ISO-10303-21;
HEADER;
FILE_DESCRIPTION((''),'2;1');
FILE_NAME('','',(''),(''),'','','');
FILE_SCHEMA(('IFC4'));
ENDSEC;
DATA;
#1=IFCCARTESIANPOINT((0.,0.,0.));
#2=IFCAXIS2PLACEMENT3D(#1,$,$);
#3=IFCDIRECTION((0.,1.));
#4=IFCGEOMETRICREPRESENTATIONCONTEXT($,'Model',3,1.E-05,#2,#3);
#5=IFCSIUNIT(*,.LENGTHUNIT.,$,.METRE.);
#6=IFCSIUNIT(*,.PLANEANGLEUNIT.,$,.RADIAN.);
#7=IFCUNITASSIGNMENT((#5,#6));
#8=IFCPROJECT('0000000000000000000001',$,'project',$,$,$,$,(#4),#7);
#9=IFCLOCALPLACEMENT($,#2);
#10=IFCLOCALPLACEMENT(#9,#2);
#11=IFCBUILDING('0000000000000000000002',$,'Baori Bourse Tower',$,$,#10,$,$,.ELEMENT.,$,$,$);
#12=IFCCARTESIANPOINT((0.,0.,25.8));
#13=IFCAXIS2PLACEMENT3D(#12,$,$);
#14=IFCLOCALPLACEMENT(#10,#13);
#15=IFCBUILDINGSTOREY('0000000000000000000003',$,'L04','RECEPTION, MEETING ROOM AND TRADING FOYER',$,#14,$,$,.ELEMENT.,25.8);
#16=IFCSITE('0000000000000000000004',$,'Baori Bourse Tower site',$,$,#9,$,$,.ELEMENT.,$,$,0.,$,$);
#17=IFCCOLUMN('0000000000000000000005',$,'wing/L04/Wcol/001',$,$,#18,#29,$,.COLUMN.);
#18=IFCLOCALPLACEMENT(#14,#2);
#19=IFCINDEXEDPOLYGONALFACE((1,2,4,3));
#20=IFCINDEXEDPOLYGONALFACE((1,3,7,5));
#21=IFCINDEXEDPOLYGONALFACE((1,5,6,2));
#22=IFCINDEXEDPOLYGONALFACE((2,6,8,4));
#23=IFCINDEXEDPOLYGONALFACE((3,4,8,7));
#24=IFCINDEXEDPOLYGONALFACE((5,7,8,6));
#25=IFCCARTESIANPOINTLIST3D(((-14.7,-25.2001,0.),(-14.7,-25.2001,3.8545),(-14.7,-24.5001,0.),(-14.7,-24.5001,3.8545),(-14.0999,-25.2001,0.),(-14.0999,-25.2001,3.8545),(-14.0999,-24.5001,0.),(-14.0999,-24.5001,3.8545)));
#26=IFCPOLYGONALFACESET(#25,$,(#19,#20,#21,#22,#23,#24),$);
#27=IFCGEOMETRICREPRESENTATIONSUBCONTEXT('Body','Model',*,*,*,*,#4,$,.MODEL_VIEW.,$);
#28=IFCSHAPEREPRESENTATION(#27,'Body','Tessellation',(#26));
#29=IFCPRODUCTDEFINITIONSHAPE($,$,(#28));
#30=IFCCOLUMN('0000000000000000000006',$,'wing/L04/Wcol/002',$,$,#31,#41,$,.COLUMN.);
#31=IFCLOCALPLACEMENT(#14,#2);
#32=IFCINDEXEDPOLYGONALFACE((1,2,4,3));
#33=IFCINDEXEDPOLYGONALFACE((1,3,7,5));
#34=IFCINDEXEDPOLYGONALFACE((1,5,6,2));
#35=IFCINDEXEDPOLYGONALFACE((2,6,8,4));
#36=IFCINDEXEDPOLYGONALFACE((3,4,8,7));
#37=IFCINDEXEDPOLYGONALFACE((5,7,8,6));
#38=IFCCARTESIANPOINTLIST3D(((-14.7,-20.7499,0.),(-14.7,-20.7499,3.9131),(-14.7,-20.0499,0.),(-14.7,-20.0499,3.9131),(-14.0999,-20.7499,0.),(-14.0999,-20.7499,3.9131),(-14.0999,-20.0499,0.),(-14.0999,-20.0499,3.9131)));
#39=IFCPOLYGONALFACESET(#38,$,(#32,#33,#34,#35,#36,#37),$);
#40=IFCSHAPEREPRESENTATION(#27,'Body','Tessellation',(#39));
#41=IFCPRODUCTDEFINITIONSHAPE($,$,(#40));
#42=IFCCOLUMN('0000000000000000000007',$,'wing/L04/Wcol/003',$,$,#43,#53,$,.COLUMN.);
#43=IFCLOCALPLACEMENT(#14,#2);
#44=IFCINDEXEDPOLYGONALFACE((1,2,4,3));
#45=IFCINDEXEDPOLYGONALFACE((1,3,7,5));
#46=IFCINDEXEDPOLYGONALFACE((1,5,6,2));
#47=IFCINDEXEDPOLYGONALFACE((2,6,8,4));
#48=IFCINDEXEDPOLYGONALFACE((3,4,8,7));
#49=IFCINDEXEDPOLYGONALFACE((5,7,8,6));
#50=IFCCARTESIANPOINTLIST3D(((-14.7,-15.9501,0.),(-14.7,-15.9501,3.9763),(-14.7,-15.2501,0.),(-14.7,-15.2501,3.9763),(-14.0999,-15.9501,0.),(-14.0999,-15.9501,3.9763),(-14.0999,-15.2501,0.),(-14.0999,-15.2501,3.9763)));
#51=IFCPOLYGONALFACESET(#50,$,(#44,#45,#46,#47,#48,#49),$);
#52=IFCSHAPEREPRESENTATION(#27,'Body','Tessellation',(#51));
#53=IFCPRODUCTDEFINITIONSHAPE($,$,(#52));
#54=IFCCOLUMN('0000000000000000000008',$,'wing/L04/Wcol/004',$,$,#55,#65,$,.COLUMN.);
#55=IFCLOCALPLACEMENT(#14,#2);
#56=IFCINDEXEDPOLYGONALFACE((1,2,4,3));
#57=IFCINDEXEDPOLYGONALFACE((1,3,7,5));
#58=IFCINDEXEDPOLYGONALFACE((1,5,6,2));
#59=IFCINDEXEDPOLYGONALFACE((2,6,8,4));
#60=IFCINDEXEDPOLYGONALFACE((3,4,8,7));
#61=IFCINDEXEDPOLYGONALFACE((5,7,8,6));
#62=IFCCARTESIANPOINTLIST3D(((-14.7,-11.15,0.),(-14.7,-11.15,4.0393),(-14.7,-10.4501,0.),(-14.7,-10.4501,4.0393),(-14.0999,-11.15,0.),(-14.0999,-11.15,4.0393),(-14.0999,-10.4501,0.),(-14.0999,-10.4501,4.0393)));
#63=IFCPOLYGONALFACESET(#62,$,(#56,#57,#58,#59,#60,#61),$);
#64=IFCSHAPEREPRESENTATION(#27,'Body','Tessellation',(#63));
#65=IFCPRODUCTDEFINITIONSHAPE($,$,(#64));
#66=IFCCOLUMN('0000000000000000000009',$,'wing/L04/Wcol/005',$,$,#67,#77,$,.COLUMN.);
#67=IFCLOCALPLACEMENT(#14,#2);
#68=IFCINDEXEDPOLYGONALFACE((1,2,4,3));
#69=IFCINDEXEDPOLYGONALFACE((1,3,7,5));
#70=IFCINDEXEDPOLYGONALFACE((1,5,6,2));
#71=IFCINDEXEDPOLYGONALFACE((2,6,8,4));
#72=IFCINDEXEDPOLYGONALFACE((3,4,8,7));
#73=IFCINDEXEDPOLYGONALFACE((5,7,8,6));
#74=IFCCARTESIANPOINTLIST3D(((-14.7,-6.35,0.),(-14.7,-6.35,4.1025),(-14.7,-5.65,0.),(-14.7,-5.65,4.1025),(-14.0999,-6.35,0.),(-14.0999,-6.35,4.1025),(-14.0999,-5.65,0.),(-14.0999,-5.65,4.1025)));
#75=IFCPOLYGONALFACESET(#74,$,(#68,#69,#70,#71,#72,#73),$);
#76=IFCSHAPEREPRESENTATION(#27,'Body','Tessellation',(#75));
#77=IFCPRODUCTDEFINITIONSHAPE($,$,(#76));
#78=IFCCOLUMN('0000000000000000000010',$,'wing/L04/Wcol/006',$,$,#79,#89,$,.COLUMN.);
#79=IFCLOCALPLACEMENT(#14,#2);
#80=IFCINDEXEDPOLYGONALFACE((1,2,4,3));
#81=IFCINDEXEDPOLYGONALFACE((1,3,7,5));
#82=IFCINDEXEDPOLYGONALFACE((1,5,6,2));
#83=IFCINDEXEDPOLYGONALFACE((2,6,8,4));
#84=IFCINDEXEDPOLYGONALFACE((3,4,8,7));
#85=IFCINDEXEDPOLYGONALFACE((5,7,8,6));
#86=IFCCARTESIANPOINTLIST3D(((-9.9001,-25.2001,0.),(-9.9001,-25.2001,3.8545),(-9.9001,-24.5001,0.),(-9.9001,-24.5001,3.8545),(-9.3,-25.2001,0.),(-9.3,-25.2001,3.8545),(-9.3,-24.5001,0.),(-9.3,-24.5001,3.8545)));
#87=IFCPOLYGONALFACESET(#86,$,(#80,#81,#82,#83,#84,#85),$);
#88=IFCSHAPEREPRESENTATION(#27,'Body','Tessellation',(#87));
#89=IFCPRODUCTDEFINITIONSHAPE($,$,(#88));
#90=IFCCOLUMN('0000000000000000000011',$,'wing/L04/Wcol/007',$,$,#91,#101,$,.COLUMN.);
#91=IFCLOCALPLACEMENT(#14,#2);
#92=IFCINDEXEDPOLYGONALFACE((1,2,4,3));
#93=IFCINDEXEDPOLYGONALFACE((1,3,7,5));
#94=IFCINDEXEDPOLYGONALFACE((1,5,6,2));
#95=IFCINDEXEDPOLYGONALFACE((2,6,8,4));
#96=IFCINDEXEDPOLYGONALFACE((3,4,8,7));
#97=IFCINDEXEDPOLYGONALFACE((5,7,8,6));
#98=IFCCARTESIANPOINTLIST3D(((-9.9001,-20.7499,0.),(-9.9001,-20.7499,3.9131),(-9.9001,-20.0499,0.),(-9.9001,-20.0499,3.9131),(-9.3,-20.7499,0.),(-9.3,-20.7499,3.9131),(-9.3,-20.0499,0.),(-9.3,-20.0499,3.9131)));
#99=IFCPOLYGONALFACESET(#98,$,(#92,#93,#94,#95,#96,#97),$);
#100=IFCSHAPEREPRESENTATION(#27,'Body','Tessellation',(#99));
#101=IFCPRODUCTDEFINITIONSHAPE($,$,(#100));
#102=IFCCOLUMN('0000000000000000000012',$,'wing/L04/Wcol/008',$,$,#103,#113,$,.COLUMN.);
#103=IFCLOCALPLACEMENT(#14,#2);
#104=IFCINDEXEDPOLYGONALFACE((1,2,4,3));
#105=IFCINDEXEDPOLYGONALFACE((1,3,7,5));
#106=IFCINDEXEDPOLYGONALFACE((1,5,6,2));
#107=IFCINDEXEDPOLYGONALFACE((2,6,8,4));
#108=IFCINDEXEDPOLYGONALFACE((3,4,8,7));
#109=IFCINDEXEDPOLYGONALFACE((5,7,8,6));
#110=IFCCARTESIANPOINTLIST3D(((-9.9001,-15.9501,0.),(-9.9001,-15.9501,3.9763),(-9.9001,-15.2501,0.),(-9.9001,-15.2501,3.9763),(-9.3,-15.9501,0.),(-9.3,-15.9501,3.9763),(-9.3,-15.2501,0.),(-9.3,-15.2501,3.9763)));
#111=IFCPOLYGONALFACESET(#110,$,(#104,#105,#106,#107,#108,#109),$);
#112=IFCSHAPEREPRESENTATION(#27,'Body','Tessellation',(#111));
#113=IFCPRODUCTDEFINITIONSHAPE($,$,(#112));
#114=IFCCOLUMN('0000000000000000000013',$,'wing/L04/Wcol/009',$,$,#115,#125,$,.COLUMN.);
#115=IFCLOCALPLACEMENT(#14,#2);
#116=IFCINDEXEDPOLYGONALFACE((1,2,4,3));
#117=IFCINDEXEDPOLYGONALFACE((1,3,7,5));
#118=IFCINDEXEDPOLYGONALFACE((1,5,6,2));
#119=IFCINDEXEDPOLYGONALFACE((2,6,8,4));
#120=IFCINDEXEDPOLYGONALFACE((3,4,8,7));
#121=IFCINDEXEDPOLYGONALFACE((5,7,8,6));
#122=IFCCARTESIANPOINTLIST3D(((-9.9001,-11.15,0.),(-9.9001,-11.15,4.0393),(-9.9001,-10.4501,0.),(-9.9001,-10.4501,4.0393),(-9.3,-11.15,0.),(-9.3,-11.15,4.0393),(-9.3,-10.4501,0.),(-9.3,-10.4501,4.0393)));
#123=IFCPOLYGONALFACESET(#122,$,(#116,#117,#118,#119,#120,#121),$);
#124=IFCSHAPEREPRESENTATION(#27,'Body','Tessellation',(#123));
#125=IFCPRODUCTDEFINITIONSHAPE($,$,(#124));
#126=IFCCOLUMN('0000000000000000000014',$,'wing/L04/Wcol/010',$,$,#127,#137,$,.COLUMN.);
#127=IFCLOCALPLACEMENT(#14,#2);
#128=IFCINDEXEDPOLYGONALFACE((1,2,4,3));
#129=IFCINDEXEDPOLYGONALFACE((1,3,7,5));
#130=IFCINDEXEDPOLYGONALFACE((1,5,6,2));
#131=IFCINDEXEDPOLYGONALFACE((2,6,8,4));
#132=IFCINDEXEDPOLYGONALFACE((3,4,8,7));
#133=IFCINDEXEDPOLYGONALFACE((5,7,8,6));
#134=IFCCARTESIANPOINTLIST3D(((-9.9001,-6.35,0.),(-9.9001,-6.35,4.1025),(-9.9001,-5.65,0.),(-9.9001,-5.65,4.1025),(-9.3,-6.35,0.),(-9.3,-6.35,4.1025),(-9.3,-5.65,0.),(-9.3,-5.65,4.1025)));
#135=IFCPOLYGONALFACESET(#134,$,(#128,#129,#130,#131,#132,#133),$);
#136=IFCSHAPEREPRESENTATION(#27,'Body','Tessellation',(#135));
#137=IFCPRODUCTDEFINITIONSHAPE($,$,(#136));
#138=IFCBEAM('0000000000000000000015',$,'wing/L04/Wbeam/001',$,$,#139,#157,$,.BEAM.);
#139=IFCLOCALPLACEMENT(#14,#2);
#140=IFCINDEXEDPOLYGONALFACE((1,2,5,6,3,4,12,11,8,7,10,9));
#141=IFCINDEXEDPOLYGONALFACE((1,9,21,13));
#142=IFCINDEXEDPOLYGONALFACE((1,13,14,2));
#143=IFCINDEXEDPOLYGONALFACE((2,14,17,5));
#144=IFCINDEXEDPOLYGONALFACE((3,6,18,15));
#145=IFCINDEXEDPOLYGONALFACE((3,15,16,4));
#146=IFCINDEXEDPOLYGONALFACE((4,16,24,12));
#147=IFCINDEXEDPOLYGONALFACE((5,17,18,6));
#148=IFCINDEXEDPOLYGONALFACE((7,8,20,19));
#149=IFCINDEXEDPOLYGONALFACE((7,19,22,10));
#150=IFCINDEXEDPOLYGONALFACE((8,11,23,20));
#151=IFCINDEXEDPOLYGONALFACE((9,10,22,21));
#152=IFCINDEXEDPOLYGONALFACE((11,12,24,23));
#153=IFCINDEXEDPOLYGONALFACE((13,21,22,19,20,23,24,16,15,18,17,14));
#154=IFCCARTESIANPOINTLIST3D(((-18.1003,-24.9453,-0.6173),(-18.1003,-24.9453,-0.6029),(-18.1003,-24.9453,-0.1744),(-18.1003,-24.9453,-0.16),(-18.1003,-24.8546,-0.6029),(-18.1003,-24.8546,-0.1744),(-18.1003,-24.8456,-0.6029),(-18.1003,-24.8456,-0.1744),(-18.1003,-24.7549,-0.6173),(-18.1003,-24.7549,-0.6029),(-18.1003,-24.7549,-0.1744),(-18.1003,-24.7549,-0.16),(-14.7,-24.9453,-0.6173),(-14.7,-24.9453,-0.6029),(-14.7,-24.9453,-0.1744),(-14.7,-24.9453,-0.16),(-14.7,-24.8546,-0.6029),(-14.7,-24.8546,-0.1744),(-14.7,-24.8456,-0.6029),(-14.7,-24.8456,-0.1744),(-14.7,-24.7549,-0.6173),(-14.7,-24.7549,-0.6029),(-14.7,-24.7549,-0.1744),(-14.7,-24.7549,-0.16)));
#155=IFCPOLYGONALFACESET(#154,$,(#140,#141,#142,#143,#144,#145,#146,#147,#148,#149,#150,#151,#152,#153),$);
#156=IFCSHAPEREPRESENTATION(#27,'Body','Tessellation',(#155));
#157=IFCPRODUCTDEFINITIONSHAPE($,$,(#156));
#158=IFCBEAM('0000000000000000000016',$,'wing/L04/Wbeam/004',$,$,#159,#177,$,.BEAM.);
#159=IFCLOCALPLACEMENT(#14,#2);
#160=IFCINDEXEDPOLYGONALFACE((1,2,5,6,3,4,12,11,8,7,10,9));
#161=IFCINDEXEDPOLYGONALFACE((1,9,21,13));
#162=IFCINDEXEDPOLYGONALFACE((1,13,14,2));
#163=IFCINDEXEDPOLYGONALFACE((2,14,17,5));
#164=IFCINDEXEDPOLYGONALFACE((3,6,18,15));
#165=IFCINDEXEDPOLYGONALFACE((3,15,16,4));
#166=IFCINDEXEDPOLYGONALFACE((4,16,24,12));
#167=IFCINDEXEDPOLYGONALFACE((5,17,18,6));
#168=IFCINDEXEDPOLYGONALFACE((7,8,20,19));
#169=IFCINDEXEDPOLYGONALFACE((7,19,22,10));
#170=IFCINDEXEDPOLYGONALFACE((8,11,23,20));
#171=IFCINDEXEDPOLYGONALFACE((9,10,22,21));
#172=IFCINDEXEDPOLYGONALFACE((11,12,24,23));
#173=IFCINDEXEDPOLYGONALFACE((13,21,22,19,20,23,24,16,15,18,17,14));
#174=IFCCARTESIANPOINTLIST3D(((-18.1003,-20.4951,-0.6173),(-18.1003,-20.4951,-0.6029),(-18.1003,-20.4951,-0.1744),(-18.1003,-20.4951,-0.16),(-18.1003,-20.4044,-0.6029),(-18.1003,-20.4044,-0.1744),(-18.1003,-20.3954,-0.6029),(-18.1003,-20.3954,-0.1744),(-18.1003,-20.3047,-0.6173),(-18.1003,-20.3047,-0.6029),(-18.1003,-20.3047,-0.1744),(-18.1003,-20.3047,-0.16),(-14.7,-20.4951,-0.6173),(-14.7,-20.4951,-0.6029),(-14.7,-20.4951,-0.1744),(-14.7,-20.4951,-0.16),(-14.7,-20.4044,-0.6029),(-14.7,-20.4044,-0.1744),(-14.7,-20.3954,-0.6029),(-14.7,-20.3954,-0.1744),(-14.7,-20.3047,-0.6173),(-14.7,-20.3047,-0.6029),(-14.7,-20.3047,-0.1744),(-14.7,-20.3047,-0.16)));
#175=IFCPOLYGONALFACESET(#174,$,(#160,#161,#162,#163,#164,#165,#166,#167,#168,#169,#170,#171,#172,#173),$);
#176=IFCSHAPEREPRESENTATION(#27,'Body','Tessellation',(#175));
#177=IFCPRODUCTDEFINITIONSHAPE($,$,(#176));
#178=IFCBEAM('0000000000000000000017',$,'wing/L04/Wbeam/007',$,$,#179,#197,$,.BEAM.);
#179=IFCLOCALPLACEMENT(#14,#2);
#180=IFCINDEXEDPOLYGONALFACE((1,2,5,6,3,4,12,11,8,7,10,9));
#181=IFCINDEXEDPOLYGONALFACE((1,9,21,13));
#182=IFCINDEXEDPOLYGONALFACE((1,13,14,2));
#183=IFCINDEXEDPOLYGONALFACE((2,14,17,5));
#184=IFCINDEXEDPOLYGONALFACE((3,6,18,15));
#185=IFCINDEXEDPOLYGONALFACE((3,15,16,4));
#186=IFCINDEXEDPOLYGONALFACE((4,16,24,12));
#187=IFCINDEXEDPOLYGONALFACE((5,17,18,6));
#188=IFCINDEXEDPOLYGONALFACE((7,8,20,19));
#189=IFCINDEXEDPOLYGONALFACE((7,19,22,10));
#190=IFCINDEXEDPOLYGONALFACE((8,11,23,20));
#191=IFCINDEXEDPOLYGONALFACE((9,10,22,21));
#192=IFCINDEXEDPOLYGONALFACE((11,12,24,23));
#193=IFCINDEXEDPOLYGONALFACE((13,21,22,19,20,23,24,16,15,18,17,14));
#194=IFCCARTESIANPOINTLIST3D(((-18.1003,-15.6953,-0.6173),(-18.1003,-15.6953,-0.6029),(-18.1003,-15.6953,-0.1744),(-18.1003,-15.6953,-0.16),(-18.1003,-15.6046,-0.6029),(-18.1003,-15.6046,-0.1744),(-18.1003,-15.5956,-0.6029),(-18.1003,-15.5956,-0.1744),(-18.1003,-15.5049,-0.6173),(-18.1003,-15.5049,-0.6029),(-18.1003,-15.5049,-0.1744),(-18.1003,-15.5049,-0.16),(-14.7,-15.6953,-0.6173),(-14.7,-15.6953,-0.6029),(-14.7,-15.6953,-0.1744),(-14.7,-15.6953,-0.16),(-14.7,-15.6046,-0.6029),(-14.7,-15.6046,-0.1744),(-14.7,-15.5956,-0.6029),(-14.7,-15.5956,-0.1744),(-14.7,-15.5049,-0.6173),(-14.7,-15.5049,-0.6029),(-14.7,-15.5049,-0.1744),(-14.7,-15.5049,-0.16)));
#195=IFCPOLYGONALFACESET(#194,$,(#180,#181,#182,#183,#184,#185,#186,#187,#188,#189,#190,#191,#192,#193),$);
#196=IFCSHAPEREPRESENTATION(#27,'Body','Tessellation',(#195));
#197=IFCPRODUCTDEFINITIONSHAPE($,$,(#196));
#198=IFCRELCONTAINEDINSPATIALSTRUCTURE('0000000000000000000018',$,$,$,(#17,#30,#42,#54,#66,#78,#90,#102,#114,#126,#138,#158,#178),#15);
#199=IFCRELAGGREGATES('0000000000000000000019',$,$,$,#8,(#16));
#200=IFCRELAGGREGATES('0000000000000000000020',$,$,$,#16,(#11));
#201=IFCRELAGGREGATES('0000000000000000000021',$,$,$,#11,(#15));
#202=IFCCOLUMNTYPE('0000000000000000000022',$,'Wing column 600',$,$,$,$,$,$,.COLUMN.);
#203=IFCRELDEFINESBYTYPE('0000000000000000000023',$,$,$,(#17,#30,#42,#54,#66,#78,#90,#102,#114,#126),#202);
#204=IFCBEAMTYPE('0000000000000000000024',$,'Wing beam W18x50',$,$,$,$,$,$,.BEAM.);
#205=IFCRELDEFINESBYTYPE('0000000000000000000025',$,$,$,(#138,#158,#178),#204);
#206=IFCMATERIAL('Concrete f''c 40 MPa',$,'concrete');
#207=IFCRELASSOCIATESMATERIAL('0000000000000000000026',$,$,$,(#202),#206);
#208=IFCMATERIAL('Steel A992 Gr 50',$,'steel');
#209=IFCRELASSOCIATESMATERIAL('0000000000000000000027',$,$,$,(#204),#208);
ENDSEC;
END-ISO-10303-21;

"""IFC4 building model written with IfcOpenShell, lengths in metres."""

from ifc_helpers import new_model, si_unit, direction, frame, origin, origin_2d, place, context, subcontext, project, spatial, rectangle, i_section, extrude, material, material_profile, profile_set, type_object, element, save


model = new_model("IFC4")

# Units and contexts
model_context = context("Model", 3, precision=1e-05, world=origin(), true_north=direction((0.0, 1.0)))
body_context = subcontext(model_context, "Body", "Model", "MODEL_VIEW")
ifc_project = project(units=[si_unit("LENGTHUNIT", "METRE"), si_unit("PLANEANGLEUNIT", "RADIAN")], contexts=[model_context])

# Site, building, storey
site_placement = place(None, origin())
site = spatial("IfcSite", under=ifc_project, at=site_placement, Name="Baori Bourse Tower site", CompositionType="ELEMENT", RefElevation=0.0)
building_placement = place(site_placement, origin())
building = spatial("IfcBuilding", under=site, at=building_placement, Name="Baori Bourse Tower", CompositionType="ELEMENT")
storey_placement = place(building_placement, frame((0.0, 0.0, 25.8)))
storey = spatial("IfcBuildingStorey", under=building, at=storey_placement, Name="L04", Description="RECEPTION, MEETING ROOM AND TRADING FOYER", CompositionType="ELEMENT", Elevation=25.8)

# Columns
ifc_material_1 = material(Name="Concrete f'c 40 MPa", Category="concrete")
ifc_material_profile_1 = material_profile(ifc_material_1, rectangle(XDim=0.6001, YDim=0.7, at=origin_2d()), Name="Wing column 600")
ifc_profile_set_1 = profile_set([ifc_material_profile_1], Name="Concrete f'c 40 MPa")
column_type = type_object("IfcColumnType", Name="Wing column 600", PredefinedType="COLUMN", material=ifc_profile_set_1)
column_1_placement = place(storey_placement, frame((-14.3999, -24.8501, 0.0), z_axis=(0.0, 0.0, 1.0), x_axis=(1.0, 0.0, 0.0)))
element("IfcColumn", 1, at=column_1_placement, inside=storey, type_object=column_type, Name="wing/L04/Wcol/001", PredefinedType="COLUMN", context=body_context, shape_type="SweptSolid", body=[
    extrude(rectangle(XDim=0.6001, YDim=0.7, at=origin_2d()), origin(), (0.0, 0.0, 1.0), 3.8545),
])
column_2_placement = place(storey_placement, frame((-14.3999, -20.3999, 0.0), z_axis=(0.0, 0.0, 1.0), x_axis=(1.0, 0.0, 0.0)))
element("IfcColumn", 2, at=column_2_placement, inside=storey, type_object=column_type, Name="wing/L04/Wcol/002", PredefinedType="COLUMN", context=body_context, shape_type="SweptSolid", body=[
    extrude(rectangle(XDim=0.6001, YDim=0.7, at=origin_2d()), origin(), (0.0, 0.0, 1.0), 3.9131),
])
column_3_placement = place(storey_placement, frame((-14.3999, -15.6001, 0.0), z_axis=(0.0, 0.0, 1.0), x_axis=(1.0, 0.0, 0.0)))
element("IfcColumn", 3, at=column_3_placement, inside=storey, type_object=column_type, Name="wing/L04/Wcol/003", PredefinedType="COLUMN", context=body_context, shape_type="SweptSolid", body=[
    extrude(rectangle(XDim=0.6001, YDim=0.7, at=origin_2d()), origin(), (0.0, 0.0, 1.0), 3.9763),
])
column_4_placement = place(storey_placement, frame((-14.3999, -10.8, 0.0), z_axis=(0.0, 0.0, 1.0), x_axis=(1.0, 0.0, 0.0)))
element("IfcColumn", 4, at=column_4_placement, inside=storey, type_object=column_type, Name="wing/L04/Wcol/004", PredefinedType="COLUMN", context=body_context, shape_type="SweptSolid", body=[
    extrude(rectangle(XDim=0.6001, YDim=0.7, at=origin_2d()), origin(), (0.0, 0.0, 1.0), 4.0393),
])
column_5_placement = place(storey_placement, frame((-14.3999, -6.0, 0.0), z_axis=(0.0, 0.0, 1.0), x_axis=(1.0, 0.0, 0.0)))
element("IfcColumn", 5, at=column_5_placement, inside=storey, type_object=column_type, Name="wing/L04/Wcol/005", PredefinedType="COLUMN", context=body_context, shape_type="SweptSolid", body=[
    extrude(rectangle(XDim=0.6001, YDim=0.7, at=origin_2d()), origin(), (0.0, 0.0, 1.0), 4.1025),
])
column_6_placement = place(storey_placement, frame((-9.6001, -24.8501, 0.0), z_axis=(0.0, 0.0, 1.0), x_axis=(1.0, 0.0, 0.0)))
element("IfcColumn", 6, at=column_6_placement, inside=storey, type_object=column_type, Name="wing/L04/Wcol/006", PredefinedType="COLUMN", context=body_context, shape_type="SweptSolid", body=[
    extrude(rectangle(XDim=0.6001, YDim=0.7, at=origin_2d()), origin(), (0.0, 0.0, 1.0), 3.8545),
])
column_7_placement = place(storey_placement, frame((-9.6001, -20.3999, 0.0), z_axis=(0.0, 0.0, 1.0), x_axis=(1.0, 0.0, 0.0)))
element("IfcColumn", 7, at=column_7_placement, inside=storey, type_object=column_type, Name="wing/L04/Wcol/007", PredefinedType="COLUMN", context=body_context, shape_type="SweptSolid", body=[
    extrude(rectangle(XDim=0.6001, YDim=0.7, at=origin_2d()), origin(), (0.0, 0.0, 1.0), 3.9131),
])
column_8_placement = place(storey_placement, frame((-9.6001, -15.6001, 0.0), z_axis=(0.0, 0.0, 1.0), x_axis=(1.0, 0.0, 0.0)))
element("IfcColumn", 8, at=column_8_placement, inside=storey, type_object=column_type, Name="wing/L04/Wcol/008", PredefinedType="COLUMN", context=body_context, shape_type="SweptSolid", body=[
    extrude(rectangle(XDim=0.6001, YDim=0.7, at=origin_2d()), origin(), (0.0, 0.0, 1.0), 3.9763),
])
column_9_placement = place(storey_placement, frame((-9.6001, -10.8, 0.0), z_axis=(0.0, 0.0, 1.0), x_axis=(1.0, 0.0, 0.0)))
element("IfcColumn", 9, at=column_9_placement, inside=storey, type_object=column_type, Name="wing/L04/Wcol/009", PredefinedType="COLUMN", context=body_context, shape_type="SweptSolid", body=[
    extrude(rectangle(XDim=0.6001, YDim=0.7, at=origin_2d()), origin(), (0.0, 0.0, 1.0), 4.0393),
])
column_10_placement = place(storey_placement, frame((-9.6001, -6.0, 0.0), z_axis=(0.0, 0.0, 1.0), x_axis=(1.0, 0.0, 0.0)))
element("IfcColumn", 10, at=column_10_placement, inside=storey, type_object=column_type, Name="wing/L04/Wcol/010", PredefinedType="COLUMN", context=body_context, shape_type="SweptSolid", body=[
    extrude(rectangle(XDim=0.6001, YDim=0.7, at=origin_2d()), origin(), (0.0, 0.0, 1.0), 4.1025),
])

# Beams
ifc_material_2 = material(Name="Steel A992 Gr 50", Category="steel")
ifc_material_profile_2 = material_profile(ifc_material_2, i_section(OverallWidth=0.1904, OverallDepth=0.4573, WebThickness=0.009, FlangeThickness=0.0144, at=origin_2d()), Name="W18x50")
ifc_profile_set_2 = profile_set([ifc_material_profile_2], Name="Steel A992 Gr 50")
beam_type_1 = type_object("IfcBeamType", Name="Wing beam W18x50", PredefinedType="BEAM", material=ifc_profile_set_2)
for number, where, z_axis, x_axis, name in (
    (11, (-18.1003, -24.8501, -0.3887), (1.0, 0.0, 0.0), (0.0, 1.0, 0.0), "wing/L04/Wbeam/001"),
    (12, (-18.1003, -20.3999, -0.3887), (1.0, 0.0, 0.0), (0.0, 1.0, 0.0), "wing/L04/Wbeam/004"),
    (13, (-18.1003, -15.6001, -0.3887), (1.0, 0.0, 0.0), (0.0, 1.0, 0.0), "wing/L04/Wbeam/007"),
):
    element("IfcBeam", number, at=place(storey_placement, frame(where, z_axis=z_axis, x_axis=x_axis)), inside=storey, type_object=beam_type_1, Name=name, PredefinedType="BEAM", context=body_context, shape_type="SweptSolid", body=[
        extrude(i_section(OverallWidth=0.1904, OverallDepth=0.4573, WebThickness=0.009, FlangeThickness=0.0144, at=origin_2d()), origin(), (0.0, 0.0, 1.0), 3.4004),
    ])

save(model, "model.ifc")
